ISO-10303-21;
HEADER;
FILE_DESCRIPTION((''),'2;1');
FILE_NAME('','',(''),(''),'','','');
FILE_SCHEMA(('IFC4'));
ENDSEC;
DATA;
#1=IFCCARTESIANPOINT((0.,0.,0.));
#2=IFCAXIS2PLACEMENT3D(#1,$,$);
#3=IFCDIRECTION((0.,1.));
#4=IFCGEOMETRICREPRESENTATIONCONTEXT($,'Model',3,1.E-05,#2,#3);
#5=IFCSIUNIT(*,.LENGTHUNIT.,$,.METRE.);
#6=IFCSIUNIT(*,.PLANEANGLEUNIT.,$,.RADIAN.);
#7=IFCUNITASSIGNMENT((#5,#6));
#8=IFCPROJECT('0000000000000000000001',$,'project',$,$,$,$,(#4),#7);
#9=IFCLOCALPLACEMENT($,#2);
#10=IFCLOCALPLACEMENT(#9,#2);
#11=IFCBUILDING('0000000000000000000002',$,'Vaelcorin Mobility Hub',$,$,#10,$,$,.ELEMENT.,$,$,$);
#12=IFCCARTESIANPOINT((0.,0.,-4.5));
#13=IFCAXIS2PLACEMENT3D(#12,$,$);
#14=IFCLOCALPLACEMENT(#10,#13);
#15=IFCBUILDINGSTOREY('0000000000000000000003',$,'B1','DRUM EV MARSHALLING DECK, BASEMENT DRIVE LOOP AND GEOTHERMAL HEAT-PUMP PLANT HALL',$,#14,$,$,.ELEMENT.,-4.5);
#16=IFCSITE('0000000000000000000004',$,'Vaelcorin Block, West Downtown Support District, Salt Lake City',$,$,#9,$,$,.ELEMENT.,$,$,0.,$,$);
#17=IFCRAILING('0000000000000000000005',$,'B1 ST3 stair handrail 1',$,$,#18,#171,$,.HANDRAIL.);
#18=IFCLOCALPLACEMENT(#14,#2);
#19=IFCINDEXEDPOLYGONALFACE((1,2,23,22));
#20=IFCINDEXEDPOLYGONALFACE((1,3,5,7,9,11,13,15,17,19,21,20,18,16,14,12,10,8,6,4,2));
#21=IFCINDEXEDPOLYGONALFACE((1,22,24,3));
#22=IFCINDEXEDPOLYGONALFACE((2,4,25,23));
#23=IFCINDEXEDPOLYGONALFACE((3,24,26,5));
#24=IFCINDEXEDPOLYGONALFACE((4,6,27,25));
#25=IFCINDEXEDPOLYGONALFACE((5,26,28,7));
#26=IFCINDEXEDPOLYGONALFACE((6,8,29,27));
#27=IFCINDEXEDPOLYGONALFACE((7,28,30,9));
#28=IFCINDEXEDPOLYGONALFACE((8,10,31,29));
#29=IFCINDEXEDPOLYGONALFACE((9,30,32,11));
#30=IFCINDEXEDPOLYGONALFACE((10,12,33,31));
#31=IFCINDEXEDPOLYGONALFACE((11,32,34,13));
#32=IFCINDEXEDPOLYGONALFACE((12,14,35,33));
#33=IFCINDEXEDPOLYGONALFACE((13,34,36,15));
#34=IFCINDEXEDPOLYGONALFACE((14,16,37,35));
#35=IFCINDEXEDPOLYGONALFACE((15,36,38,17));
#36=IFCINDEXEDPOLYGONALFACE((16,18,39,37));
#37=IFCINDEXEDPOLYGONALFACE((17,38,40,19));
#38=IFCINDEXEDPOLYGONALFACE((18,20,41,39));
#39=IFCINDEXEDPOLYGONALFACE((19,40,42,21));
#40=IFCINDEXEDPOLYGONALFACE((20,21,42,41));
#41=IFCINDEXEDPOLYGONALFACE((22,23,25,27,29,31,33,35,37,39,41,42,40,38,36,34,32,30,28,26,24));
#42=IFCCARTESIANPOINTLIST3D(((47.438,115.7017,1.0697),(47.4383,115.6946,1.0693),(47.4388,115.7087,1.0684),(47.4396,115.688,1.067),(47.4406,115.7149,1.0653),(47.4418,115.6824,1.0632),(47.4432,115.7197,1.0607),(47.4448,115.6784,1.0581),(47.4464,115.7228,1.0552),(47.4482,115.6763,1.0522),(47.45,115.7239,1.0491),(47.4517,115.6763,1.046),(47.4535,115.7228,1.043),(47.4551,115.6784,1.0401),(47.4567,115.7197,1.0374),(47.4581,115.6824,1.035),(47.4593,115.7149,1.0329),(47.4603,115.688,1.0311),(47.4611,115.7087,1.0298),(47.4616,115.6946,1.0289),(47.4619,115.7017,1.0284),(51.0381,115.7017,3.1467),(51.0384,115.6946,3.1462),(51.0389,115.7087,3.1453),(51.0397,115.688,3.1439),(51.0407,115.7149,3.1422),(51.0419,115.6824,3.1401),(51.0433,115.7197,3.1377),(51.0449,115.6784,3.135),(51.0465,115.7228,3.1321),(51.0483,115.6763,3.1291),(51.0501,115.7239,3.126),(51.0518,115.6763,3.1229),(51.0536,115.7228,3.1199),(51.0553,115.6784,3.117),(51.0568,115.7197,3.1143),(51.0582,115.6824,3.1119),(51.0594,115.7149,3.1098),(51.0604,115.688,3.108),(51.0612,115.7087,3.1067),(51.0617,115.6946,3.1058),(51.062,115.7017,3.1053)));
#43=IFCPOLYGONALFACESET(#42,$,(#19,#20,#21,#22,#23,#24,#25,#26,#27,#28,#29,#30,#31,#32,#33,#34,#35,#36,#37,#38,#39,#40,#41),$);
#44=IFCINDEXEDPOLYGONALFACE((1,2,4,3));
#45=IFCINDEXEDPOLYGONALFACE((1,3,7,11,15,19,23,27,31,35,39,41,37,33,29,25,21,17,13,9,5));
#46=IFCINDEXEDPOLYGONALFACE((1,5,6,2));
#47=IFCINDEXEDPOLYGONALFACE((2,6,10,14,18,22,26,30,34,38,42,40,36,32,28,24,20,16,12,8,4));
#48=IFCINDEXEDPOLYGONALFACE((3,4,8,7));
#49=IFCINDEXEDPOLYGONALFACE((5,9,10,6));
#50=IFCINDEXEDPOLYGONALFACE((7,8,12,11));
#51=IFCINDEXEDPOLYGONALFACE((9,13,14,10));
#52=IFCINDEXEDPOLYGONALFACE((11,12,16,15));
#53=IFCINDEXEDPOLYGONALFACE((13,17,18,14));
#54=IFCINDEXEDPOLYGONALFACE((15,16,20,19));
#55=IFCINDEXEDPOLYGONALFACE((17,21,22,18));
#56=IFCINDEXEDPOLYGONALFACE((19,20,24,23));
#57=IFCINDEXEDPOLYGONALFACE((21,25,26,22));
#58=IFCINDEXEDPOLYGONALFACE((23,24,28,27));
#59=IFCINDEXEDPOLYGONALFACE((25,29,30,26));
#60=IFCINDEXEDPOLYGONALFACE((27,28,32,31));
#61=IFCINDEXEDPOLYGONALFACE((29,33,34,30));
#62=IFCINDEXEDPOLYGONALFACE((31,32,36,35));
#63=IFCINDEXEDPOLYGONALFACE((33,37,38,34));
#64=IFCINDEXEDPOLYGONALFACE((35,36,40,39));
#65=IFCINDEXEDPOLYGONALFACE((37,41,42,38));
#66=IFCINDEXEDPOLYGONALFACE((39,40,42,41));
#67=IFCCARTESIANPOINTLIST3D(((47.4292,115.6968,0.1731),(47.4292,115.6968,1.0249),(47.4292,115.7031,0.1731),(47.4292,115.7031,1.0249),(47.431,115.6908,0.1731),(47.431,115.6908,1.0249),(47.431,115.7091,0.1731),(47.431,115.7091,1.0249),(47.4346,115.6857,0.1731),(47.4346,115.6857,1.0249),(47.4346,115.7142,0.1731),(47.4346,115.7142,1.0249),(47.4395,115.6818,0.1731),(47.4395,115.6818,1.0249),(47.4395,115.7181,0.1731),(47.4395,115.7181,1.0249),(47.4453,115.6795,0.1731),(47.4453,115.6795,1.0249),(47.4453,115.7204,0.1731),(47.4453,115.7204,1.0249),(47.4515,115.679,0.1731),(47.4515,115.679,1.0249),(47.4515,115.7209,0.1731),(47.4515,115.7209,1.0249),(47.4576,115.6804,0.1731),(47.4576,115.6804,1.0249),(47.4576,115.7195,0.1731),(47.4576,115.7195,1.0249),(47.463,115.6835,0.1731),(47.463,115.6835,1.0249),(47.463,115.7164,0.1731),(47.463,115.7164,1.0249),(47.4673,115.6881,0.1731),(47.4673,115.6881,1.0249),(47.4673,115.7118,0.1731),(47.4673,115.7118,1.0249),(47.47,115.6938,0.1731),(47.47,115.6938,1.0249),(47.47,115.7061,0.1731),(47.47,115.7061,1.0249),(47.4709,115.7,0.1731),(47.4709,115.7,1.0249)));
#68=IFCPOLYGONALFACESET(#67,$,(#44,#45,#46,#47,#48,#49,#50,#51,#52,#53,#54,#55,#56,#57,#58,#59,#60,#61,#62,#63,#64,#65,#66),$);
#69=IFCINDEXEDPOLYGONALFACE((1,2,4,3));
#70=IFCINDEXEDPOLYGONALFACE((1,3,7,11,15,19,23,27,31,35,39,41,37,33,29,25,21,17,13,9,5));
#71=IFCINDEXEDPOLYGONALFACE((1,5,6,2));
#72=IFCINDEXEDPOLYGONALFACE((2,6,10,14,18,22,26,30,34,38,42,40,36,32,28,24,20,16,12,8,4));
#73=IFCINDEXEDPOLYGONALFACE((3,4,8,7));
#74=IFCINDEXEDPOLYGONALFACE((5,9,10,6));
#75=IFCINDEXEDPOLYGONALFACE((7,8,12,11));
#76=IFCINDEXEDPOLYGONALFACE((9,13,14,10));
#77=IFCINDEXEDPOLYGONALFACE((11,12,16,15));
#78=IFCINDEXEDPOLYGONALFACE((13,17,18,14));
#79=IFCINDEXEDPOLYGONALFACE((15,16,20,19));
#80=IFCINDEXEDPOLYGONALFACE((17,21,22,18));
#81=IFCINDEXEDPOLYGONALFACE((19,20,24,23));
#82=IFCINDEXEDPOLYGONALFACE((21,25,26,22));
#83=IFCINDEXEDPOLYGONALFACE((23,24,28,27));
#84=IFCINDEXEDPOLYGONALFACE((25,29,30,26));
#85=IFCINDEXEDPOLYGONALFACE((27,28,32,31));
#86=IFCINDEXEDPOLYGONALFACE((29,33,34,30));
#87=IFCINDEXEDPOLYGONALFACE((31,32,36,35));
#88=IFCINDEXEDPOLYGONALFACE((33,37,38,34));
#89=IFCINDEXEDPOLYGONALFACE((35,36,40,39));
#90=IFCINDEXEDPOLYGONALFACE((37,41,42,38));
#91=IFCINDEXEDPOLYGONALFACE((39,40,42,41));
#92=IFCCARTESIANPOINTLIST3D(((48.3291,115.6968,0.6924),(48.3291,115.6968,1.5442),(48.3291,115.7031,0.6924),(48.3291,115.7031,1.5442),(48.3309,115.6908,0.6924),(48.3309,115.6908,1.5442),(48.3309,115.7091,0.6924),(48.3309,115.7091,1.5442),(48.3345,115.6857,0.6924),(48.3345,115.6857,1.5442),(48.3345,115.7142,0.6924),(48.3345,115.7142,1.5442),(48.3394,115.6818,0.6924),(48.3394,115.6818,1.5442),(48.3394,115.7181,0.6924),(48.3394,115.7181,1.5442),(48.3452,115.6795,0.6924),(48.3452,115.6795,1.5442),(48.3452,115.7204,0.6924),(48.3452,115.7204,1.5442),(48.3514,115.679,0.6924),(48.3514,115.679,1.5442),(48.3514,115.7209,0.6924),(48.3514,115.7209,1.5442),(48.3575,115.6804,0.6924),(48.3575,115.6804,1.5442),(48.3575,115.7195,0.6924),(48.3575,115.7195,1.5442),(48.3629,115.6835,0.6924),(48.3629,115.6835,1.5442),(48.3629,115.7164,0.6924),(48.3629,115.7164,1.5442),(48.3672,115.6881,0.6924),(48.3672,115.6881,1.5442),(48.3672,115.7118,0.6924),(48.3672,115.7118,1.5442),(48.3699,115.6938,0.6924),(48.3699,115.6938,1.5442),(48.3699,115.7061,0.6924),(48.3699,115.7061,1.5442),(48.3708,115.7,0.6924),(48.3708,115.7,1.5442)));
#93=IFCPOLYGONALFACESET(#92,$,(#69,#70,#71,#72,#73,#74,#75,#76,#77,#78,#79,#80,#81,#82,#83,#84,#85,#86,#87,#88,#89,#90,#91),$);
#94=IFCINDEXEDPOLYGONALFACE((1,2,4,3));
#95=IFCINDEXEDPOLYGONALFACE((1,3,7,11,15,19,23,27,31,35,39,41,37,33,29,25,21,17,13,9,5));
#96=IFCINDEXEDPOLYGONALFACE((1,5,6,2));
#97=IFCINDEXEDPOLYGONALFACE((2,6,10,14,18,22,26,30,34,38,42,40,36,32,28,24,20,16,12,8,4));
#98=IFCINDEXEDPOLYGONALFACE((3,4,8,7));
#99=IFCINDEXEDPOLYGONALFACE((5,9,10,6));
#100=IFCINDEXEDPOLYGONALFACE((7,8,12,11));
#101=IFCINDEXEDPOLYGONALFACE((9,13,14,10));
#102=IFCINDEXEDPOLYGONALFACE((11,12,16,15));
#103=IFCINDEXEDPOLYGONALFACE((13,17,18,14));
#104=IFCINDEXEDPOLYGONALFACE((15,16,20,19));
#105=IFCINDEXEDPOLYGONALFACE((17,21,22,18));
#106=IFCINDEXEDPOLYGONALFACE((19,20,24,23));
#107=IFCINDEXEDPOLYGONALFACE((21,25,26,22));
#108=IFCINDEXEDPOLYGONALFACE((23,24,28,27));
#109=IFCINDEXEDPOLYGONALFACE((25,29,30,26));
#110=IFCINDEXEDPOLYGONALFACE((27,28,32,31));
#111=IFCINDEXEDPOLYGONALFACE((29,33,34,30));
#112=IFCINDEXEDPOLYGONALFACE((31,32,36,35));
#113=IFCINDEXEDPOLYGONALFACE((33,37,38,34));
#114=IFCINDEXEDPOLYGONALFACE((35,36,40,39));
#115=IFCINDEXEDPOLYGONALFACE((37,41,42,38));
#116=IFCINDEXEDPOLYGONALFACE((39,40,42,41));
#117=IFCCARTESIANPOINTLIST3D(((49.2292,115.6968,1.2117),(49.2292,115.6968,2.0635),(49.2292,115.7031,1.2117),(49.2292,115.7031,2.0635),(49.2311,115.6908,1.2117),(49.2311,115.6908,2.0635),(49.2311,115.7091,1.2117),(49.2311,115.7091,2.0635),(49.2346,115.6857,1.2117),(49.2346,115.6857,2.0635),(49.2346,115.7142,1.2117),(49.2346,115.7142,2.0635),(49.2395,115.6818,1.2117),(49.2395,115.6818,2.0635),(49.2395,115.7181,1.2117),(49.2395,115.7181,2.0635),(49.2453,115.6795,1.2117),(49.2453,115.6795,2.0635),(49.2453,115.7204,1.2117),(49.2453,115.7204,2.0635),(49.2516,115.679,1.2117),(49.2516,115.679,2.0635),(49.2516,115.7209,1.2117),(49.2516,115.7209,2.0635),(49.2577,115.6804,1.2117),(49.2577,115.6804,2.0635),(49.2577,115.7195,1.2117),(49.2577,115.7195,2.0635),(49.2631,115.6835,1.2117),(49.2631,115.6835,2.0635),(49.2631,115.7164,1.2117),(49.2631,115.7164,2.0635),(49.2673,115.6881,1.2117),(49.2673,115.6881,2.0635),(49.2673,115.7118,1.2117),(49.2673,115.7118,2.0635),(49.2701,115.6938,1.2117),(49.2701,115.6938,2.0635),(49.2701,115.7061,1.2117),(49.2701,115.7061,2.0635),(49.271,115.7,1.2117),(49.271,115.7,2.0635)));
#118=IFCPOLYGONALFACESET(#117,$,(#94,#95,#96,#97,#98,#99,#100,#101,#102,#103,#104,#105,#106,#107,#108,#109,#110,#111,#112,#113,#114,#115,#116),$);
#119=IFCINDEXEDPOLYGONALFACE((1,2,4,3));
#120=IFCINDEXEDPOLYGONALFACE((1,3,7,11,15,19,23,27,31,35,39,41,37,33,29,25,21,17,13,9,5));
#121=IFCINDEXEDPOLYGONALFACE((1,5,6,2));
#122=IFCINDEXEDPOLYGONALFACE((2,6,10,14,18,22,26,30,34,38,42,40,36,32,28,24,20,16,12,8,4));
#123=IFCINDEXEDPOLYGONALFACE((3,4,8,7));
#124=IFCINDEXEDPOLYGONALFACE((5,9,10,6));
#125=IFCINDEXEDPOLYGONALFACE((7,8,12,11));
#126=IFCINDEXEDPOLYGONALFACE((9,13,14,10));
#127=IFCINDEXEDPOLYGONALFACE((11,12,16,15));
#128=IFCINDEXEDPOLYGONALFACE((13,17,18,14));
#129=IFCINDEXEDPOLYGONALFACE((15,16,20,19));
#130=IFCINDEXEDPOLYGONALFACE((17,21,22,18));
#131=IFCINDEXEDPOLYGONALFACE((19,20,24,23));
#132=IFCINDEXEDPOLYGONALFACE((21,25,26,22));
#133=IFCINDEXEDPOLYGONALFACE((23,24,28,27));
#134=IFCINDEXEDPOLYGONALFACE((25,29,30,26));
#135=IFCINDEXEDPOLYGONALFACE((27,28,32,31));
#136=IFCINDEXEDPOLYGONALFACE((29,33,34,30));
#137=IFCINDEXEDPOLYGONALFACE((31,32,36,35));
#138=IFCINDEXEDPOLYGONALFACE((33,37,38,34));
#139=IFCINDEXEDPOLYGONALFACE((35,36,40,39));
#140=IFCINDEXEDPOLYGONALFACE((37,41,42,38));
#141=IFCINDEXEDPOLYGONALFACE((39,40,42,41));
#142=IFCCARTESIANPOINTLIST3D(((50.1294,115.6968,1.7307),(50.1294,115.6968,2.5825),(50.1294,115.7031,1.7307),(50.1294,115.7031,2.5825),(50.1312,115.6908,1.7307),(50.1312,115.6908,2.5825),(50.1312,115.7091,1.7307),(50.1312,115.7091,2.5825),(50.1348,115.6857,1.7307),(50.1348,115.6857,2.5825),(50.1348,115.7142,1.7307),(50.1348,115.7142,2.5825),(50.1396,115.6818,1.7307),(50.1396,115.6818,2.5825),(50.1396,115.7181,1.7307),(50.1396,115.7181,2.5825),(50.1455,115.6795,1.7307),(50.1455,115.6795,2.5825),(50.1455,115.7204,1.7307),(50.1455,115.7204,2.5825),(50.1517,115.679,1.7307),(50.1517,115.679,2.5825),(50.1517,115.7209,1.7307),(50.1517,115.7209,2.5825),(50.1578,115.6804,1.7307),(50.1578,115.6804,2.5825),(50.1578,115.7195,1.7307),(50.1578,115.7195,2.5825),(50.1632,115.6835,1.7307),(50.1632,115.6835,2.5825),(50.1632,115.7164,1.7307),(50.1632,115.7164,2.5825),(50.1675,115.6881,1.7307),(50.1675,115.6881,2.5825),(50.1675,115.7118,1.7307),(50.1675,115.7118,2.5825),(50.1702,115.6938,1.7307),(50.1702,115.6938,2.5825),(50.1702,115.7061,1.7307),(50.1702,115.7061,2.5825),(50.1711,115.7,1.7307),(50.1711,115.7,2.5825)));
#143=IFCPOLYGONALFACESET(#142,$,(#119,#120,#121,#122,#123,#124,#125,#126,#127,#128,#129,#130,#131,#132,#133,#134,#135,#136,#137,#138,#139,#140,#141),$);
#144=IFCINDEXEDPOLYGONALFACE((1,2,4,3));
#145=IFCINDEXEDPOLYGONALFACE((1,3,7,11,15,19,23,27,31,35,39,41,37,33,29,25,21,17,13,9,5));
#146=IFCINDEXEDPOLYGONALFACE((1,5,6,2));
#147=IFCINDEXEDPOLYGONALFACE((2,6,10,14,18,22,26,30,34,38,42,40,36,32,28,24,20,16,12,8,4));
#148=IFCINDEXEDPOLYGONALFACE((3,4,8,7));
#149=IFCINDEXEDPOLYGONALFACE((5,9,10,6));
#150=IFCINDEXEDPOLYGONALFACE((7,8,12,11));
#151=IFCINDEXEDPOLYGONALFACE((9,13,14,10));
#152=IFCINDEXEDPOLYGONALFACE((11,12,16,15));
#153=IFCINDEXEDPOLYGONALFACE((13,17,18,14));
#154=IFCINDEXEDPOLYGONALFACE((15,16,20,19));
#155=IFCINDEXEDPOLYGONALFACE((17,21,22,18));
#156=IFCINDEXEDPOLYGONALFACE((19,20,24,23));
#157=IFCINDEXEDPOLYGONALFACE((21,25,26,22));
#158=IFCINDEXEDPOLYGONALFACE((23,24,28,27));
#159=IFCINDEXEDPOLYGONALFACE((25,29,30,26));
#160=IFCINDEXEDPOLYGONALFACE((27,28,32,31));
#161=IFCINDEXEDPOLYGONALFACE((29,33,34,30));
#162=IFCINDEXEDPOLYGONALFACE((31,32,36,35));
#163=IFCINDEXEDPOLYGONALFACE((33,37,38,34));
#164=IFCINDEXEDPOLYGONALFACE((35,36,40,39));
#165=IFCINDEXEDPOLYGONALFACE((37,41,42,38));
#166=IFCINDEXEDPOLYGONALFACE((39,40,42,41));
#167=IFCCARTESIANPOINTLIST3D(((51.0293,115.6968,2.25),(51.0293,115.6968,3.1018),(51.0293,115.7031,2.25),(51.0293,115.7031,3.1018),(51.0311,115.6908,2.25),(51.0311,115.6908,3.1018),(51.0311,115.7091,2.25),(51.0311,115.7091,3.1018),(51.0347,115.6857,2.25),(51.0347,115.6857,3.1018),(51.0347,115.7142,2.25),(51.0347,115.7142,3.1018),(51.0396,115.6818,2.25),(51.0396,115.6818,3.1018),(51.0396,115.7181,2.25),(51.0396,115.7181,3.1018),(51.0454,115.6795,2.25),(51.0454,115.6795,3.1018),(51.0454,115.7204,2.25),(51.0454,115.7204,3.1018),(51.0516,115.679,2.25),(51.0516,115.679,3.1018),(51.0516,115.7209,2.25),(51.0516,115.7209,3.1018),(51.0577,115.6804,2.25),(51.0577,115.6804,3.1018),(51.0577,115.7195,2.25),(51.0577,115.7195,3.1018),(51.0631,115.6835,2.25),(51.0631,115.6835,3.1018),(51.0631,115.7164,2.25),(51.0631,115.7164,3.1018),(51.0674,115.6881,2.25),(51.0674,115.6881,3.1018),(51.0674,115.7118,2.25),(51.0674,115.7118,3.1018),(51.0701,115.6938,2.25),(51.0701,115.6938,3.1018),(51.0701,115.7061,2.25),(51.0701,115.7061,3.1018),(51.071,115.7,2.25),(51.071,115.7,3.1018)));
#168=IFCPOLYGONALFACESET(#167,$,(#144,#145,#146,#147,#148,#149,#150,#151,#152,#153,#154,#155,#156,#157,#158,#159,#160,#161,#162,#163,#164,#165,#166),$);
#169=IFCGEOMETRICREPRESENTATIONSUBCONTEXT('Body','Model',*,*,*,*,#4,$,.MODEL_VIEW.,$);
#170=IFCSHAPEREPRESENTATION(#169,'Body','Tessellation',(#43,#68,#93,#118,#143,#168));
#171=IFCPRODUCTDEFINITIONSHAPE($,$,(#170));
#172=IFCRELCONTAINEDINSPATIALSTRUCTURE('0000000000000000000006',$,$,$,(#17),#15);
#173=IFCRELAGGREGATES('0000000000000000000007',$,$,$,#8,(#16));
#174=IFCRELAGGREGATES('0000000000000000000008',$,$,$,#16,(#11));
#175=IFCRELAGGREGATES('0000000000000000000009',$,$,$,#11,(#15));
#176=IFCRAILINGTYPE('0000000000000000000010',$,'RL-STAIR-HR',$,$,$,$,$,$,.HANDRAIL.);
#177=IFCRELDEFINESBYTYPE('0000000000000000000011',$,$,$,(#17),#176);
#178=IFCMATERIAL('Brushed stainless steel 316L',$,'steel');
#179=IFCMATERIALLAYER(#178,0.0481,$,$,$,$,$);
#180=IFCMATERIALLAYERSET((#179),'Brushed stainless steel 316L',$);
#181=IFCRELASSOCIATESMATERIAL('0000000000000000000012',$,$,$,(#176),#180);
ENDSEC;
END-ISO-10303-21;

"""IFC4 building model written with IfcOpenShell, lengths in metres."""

from ifc_helpers import new_model, si_unit, direction, frame, origin, origin_2d, place, context, subcontext, project, spatial, circle, extrude, material, layer, layer_set, type_object, element, save


model = new_model("IFC4")

# Units and contexts
model_context = context("Model", 3, precision=1e-05, world=origin(), true_north=direction((0.0, 1.0)))
body_context = subcontext(model_context, "Body", "Model", "MODEL_VIEW")
ifc_project = project(units=[si_unit("LENGTHUNIT", "METRE"), si_unit("PLANEANGLEUNIT", "RADIAN")], contexts=[model_context])

# Site, building, storey
site_placement = place(None, origin())
site = spatial("IfcSite", under=ifc_project, at=site_placement, Name="Vaelcorin Block, West Downtown Support District, Salt Lake City", CompositionType="ELEMENT", RefElevation=0.0)
building_placement = place(site_placement, origin())
building = spatial("IfcBuilding", under=site, at=building_placement, Name="Vaelcorin Mobility Hub", CompositionType="ELEMENT")
storey_placement = place(building_placement, frame((0.0, 0.0, -4.5)))
storey = spatial("IfcBuildingStorey", under=building, at=storey_placement, Name="B1", Description="DRUM EV MARSHALLING DECK, BASEMENT DRIVE LOOP AND GEOTHERMAL HEAT-PUMP PLANT HALL", CompositionType="ELEMENT", Elevation=-4.5)

# Railing
ifc_material_1 = material(Name="Brushed stainless steel 316L", Category="steel")
ifc_layer_1 = layer(ifc_material_1, 0.0481)
ifc_layer_set_1 = layer_set([ifc_layer_1], Name="Brushed stainless steel 316L")
railing_type_1 = type_object("IfcRailingType", Name="RL-STAIR-HR", PredefinedType="HANDRAIL", material=ifc_layer_set_1)
railing_1_placement = place(storey_placement, frame((47.45, 115.7, 0.1731)))
element("IfcRailing", 1, at=railing_1_placement, inside=storey, type_object=railing_type_1, Name="B1 ST3 stair handrail 1", PredefinedType="HANDRAIL", context=body_context, shape_type="SweptSolid", body=[
    extrude(circle(Radius=0.0239, at=origin_2d()), frame((0.0, 0.0, 0.876), z_axis=(0.866193, 0.0, 0.499709), x_axis=(0.0, 1.0, 0.0)), (0.0, 0.0, 1.0), 4.1562),
    extrude(circle(Radius=0.021, at=origin_2d()), origin(), (0.0, 0.0, 1.0), 0.8518),
    extrude(circle(Radius=0.021, at=origin_2d()), frame((0.8999, 0.0, 0.5193)), (0.0, 0.0, 1.0), 0.8518),
    extrude(circle(Radius=0.021, at=origin_2d()), frame((1.8, 0.0, 1.0386)), (0.0, 0.0, 1.0), 0.8518),
    extrude(circle(Radius=0.021, at=origin_2d()), frame((2.7002, 0.0, 1.5576)), (0.0, 0.0, 1.0), 0.8518),
    extrude(circle(Radius=0.021, at=origin_2d()), frame((3.6001, 0.0, 2.0769)), (0.0, 0.0, 1.0), 0.8518),
])

save(model, "model.ifc")
